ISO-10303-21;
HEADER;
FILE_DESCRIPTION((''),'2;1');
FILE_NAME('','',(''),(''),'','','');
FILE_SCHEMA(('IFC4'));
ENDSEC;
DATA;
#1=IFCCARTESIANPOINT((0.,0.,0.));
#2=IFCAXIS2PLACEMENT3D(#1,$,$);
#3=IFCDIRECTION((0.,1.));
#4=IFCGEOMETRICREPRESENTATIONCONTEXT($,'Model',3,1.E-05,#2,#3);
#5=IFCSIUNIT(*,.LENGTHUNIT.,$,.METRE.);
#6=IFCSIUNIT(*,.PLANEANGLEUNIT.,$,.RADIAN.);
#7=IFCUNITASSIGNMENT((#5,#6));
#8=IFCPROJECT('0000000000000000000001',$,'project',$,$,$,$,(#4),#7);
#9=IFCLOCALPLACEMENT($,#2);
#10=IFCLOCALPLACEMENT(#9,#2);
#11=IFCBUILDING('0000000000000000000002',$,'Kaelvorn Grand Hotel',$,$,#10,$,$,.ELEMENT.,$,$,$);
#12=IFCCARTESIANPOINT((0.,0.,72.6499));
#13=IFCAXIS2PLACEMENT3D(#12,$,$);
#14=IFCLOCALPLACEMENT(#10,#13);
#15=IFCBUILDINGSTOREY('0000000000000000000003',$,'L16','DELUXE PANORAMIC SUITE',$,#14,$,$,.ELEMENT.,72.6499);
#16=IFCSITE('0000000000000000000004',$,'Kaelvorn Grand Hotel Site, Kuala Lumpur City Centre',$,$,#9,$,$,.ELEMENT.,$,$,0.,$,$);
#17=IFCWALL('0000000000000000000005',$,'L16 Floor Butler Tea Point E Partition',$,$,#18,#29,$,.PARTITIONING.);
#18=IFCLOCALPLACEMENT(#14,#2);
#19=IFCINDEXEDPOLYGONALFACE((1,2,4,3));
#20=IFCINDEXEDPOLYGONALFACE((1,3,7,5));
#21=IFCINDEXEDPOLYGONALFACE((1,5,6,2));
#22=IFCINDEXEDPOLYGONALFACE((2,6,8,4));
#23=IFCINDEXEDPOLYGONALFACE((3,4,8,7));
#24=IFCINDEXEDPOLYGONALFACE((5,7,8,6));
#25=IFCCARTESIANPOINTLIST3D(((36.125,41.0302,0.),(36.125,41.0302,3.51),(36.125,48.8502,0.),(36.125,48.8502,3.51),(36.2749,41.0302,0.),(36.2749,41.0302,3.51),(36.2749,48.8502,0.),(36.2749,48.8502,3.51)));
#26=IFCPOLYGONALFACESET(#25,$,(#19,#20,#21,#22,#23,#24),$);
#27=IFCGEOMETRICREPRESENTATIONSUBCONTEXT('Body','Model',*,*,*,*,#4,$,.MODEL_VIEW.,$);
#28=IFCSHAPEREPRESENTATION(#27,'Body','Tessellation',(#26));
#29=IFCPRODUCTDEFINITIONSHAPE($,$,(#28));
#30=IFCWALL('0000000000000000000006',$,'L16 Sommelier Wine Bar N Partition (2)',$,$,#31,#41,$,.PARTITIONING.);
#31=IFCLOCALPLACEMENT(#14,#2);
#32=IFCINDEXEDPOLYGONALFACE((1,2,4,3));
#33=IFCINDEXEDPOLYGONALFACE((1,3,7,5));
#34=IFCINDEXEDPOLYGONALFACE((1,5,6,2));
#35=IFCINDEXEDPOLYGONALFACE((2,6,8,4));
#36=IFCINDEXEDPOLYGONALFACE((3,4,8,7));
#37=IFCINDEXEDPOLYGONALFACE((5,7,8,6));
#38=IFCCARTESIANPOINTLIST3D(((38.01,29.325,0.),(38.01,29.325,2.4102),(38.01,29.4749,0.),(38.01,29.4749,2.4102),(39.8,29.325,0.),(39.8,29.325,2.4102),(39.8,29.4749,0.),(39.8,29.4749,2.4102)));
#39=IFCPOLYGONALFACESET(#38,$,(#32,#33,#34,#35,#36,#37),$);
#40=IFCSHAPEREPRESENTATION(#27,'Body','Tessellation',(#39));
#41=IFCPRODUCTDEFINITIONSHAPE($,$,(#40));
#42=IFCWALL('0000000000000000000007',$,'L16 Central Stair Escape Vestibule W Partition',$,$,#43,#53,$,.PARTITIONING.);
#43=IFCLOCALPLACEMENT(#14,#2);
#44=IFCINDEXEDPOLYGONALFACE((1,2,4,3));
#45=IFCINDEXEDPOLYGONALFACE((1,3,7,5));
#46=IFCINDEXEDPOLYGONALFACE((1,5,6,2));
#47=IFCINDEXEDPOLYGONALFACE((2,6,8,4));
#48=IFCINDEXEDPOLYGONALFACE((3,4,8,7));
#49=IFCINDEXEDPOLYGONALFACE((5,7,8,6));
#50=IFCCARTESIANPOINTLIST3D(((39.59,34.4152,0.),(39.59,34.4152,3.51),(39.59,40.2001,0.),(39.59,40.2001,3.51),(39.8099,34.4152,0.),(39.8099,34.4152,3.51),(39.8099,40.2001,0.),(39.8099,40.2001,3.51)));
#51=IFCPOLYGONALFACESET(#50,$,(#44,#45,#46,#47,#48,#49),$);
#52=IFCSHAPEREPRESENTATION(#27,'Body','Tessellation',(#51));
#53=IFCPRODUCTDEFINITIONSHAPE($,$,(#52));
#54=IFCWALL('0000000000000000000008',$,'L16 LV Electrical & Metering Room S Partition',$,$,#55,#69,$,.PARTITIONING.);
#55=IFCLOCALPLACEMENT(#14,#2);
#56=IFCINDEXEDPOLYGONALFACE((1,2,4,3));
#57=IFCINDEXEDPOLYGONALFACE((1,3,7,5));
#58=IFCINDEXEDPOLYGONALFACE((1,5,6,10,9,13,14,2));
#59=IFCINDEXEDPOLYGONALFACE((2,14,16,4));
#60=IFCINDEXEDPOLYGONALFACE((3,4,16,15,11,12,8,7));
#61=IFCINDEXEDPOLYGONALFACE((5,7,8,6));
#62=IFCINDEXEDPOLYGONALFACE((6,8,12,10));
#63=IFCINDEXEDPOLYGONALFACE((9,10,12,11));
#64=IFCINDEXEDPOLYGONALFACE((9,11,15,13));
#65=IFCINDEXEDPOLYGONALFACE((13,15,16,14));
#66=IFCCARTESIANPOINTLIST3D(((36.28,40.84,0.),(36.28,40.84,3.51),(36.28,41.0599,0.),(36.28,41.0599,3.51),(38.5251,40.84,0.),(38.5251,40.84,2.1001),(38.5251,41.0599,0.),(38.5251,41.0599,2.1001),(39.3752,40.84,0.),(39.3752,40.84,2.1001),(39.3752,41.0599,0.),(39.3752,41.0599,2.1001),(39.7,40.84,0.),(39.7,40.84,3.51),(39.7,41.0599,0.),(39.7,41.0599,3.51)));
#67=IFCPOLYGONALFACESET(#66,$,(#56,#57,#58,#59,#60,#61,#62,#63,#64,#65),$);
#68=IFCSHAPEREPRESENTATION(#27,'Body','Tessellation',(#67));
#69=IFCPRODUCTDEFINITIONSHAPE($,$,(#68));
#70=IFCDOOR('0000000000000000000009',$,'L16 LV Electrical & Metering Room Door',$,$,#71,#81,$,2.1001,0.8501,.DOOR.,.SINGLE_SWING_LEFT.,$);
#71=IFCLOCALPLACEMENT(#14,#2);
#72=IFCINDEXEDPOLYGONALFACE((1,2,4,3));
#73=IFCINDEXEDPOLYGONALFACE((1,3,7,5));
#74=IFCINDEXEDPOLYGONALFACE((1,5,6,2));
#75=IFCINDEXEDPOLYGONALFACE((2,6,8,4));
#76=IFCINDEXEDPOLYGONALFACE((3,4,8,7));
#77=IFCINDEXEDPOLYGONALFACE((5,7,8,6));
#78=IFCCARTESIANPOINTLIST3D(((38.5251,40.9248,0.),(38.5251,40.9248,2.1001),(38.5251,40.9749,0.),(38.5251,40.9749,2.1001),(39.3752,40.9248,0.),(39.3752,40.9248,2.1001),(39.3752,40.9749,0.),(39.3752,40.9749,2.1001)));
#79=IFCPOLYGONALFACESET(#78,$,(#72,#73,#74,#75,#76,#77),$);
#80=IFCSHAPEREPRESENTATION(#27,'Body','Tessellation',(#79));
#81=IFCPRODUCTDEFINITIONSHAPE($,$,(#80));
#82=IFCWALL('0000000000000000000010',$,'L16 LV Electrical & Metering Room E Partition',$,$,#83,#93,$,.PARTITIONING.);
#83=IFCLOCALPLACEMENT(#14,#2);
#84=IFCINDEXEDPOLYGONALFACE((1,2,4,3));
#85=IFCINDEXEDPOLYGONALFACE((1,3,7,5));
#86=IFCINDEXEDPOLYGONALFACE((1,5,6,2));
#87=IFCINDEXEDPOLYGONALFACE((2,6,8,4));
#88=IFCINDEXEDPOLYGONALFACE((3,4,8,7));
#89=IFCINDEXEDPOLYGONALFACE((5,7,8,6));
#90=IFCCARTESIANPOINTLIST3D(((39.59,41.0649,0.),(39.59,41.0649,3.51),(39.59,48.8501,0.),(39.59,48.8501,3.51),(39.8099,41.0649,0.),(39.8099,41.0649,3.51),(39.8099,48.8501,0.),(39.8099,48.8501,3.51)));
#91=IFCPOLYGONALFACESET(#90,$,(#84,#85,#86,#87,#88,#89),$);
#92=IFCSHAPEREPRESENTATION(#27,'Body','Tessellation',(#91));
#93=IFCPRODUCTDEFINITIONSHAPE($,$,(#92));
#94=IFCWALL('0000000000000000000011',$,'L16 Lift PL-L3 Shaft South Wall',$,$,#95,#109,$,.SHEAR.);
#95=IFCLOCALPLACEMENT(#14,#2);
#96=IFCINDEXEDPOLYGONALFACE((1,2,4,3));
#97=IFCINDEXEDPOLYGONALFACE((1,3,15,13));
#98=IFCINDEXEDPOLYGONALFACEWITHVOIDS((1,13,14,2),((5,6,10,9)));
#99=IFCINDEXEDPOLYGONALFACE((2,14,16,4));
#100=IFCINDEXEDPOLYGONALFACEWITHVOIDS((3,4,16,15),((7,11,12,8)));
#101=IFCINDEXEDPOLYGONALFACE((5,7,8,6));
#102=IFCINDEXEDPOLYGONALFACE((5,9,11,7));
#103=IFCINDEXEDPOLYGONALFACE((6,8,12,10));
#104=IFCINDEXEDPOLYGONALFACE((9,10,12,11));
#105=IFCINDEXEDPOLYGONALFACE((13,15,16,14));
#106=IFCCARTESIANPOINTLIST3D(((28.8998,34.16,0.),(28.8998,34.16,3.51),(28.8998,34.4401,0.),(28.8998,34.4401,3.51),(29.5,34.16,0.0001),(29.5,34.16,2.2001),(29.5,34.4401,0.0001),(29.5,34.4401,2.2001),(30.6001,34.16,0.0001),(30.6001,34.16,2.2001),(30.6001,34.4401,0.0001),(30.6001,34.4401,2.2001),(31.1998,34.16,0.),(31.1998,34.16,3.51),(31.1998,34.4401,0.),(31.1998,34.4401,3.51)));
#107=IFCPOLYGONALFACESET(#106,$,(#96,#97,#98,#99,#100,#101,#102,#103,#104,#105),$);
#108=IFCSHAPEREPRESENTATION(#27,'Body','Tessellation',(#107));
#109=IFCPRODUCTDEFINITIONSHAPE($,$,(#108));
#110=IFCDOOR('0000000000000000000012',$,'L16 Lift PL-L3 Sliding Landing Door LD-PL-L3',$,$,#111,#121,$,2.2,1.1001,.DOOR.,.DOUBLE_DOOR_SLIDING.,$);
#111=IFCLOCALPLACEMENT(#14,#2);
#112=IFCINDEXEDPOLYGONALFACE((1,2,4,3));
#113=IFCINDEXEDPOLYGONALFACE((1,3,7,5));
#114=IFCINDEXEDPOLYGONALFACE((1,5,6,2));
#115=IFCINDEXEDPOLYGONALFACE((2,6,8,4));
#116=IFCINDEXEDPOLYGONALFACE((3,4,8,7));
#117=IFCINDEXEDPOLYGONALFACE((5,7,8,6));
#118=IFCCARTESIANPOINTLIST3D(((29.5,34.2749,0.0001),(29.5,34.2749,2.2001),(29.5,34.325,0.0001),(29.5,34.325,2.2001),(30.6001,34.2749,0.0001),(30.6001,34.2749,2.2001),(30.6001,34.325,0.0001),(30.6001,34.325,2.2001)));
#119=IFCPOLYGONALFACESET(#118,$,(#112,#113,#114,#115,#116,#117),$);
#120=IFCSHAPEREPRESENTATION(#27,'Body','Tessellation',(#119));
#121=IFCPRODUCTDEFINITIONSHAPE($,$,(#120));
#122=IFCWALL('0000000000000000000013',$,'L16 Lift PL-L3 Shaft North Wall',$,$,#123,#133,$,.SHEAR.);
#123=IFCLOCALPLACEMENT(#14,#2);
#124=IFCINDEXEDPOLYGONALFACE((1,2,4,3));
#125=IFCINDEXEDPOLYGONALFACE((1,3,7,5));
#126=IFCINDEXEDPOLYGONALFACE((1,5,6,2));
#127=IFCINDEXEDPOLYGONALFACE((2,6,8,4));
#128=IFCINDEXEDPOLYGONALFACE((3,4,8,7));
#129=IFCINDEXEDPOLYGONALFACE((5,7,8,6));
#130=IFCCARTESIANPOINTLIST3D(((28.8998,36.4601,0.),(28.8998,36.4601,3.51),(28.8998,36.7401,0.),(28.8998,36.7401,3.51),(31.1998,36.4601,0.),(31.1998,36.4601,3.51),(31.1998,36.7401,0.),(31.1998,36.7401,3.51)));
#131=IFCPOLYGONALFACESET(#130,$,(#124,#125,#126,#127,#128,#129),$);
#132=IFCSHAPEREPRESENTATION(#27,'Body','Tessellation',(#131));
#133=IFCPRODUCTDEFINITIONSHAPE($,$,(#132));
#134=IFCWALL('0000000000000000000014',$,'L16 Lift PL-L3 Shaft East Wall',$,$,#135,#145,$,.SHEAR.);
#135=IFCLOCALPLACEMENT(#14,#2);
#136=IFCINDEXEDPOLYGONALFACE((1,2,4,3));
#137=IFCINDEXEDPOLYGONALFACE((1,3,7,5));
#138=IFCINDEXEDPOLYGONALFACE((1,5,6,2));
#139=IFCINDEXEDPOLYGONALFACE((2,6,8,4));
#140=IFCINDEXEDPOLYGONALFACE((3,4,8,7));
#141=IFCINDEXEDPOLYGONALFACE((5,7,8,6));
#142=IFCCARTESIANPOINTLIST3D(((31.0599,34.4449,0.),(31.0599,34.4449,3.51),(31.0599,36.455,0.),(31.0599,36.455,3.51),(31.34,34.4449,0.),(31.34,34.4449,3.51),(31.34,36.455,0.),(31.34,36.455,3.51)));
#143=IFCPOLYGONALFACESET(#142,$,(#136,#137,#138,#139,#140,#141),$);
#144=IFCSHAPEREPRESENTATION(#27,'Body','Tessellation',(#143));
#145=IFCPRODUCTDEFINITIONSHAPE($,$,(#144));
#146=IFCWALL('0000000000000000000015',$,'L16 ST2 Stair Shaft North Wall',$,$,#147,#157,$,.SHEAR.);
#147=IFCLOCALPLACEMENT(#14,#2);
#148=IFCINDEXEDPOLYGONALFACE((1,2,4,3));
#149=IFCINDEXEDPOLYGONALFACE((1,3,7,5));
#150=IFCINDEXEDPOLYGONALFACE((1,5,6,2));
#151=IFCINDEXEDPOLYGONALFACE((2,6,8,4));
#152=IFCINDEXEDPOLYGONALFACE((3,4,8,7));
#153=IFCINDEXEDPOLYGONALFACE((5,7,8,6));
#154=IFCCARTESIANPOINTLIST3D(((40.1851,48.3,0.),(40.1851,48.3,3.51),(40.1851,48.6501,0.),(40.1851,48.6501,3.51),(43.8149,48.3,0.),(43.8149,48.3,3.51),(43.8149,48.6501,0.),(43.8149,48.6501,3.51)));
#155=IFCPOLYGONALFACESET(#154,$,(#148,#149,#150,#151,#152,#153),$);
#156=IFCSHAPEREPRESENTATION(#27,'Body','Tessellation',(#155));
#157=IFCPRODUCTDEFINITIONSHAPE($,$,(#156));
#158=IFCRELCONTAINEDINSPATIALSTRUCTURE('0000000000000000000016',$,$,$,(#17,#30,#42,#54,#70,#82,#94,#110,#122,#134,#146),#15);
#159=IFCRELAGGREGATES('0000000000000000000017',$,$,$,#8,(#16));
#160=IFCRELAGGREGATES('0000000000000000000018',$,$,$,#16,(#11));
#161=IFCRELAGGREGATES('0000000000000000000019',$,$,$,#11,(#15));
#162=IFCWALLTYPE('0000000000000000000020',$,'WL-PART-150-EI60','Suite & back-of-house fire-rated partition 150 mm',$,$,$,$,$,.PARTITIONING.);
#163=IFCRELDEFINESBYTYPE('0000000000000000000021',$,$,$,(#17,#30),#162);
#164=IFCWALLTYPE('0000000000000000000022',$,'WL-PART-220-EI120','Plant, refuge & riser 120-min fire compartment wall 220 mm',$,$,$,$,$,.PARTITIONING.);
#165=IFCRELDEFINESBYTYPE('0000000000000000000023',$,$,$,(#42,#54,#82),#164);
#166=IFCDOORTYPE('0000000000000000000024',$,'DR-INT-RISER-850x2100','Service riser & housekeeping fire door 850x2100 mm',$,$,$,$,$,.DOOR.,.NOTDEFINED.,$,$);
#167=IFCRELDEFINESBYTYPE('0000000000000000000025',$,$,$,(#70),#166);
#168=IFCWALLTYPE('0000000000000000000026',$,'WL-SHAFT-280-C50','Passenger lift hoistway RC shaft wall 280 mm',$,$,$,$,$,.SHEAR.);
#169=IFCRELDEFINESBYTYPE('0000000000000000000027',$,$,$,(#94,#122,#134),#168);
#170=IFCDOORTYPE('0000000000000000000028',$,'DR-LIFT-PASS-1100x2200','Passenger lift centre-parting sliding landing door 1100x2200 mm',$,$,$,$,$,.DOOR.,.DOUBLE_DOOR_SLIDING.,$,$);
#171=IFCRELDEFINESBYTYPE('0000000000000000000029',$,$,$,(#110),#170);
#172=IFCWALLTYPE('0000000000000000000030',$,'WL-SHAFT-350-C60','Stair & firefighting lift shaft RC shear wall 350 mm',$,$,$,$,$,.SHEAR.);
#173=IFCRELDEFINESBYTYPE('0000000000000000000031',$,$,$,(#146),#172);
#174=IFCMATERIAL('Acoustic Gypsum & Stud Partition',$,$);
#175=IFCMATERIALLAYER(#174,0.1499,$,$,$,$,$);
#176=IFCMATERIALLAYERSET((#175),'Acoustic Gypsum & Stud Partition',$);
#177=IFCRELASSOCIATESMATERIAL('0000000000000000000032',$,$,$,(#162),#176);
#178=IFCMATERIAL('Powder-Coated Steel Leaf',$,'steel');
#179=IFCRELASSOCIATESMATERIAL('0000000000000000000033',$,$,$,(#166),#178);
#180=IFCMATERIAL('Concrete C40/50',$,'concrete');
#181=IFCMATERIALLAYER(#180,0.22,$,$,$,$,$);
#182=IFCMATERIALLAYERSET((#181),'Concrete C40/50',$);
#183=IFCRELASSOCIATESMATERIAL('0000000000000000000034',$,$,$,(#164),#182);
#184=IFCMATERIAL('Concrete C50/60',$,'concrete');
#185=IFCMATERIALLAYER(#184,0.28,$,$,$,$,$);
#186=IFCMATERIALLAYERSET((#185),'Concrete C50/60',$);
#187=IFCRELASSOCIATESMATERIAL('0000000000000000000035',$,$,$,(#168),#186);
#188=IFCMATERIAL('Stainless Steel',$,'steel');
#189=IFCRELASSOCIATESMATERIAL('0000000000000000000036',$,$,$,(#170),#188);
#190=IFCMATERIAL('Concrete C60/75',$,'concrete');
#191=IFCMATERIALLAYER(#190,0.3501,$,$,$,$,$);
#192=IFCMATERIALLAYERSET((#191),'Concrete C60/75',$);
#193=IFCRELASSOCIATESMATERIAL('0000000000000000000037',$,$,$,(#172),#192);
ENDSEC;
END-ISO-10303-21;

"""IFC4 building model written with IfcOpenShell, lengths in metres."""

from ifc_helpers import new_model, si_unit, direction, frame, frame_2d, origin, place, context, subcontext, project, spatial, rectangle, extrude, material, layer, layer_set, type_object, element, fill, save


model = new_model("IFC4")

# Units and contexts
model_context = context("Model", 3, precision=1e-05, world=origin(), true_north=direction((0.0, 1.0)))
body_context = subcontext(model_context, "Body", "Model", "MODEL_VIEW")
ifc_project = project(units=[si_unit("LENGTHUNIT", "METRE"), si_unit("PLANEANGLEUNIT", "RADIAN")], contexts=[model_context])

# Site, building, storey
site_placement = place(None, origin())
site = spatial("IfcSite", under=ifc_project, at=site_placement, Name="Kaelvorn Grand Hotel Site, Kuala Lumpur City Centre", CompositionType="ELEMENT", RefElevation=0.0)
building_placement = place(site_placement, origin())
building = spatial("IfcBuilding", under=site, at=building_placement, Name="Kaelvorn Grand Hotel", CompositionType="ELEMENT")
storey_placement = place(building_placement, frame((0.0, 0.0, 72.6499)))
storey = spatial("IfcBuildingStorey", under=building, at=storey_placement, Name="L16", Description="DELUXE PANORAMIC SUITE", CompositionType="ELEMENT", Elevation=72.6499)

# Shared definitions
ifc_material_1 = material(Name="Concrete C60/75", Category="concrete")

# Shared definitions
ifc_material_2 = material(Name="Acoustic Gypsum & Stud Partition")
ifc_layer_1 = layer(ifc_material_2, 0.1499)
ifc_layer_set_1 = layer_set([ifc_layer_1], Name="Acoustic Gypsum & Stud Partition")
wall_type_1 = type_object("IfcWallType", Name="WL-PART-150-EI60", Description="Suite & back-of-house fire-rated partition 150 mm", PredefinedType="PARTITIONING", material=ifc_layer_set_1)
ifc_material_3 = material(Name="Powder-Coated Steel Leaf", Category="steel")
door_type_1 = type_object("IfcDoorType", Name="DR-INT-RISER-850x2100", Description="Service riser & housekeeping fire door 850x2100 mm", OperationType="NOTDEFINED", PredefinedType="DOOR", material=ifc_material_3)

# Walls
wall_1_placement = place(storey_placement, frame((36.2, 41.03, 0.0), z_axis=(0.0, 0.0, 1.0), x_axis=(0.0, 1.0, 0.0)))
element("IfcWall", 1, at=wall_1_placement, inside=storey, type_object=wall_type_1, Name="L16 Floor Butler Tea Point E Partition", PredefinedType="PARTITIONING", context=body_context, shape_type="SweptSolid", body=[
    extrude(rectangle(XDim=7.8201, YDim=0.1499, at=frame_2d((3.9102, 0.0))), origin(), (0.0, 0.0, 1.0), 3.51),
])
wall_2_placement = place(storey_placement, frame((38.01, 29.3999, 0.0), z_axis=(0.0, 0.0, 1.0), x_axis=(1.0, 0.0, 0.0)))
element("IfcWall", 2, at=wall_2_placement, inside=storey, type_object=wall_type_1, Name="L16 Sommelier Wine Bar N Partition (2)", PredefinedType="PARTITIONING", context=body_context, shape_type="SweptSolid", body=[
    extrude(rectangle(XDim=1.79, YDim=0.1499, at=frame_2d((0.895, 0.0))), origin(), (0.0, 0.0, 1.0), 2.4102),
])

# Shared definitions
ifc_material_4 = material(Name="Concrete C40/50", Category="concrete")
ifc_layer_2 = layer(ifc_material_4, 0.22)
ifc_layer_set_2 = layer_set([ifc_layer_2], Name="Concrete C40/50")
wall_type_2 = type_object("IfcWallType", Name="WL-PART-220-EI120", Description="Plant, refuge & riser 120-min fire compartment wall 220 mm", PredefinedType="PARTITIONING", material=ifc_layer_set_2)

# Wall
wall_3_placement = place(storey_placement, frame((39.7, 34.415, 0.0), z_axis=(0.0, 0.0, 1.0), x_axis=(0.0, 1.0, 0.0)))
element("IfcWall", 3, at=wall_3_placement, inside=storey, type_object=wall_type_2, Name="L16 Central Stair Escape Vestibule W Partition", PredefinedType="PARTITIONING", context=body_context, shape_type="SweptSolid", body=[
    extrude(rectangle(XDim=5.7849, YDim=0.22, at=frame_2d((2.8926, 0.0))), origin(), (0.0, 0.0, 1.0), 3.51),
])

# Wall, opening, door
wall_4_placement = place(storey_placement, frame((36.28, 40.95, 0.0), z_axis=(0.0, 0.0, 1.0), x_axis=(1.0, 0.0, 0.0)))
wall_4 = element("IfcWall", 4, at=wall_4_placement, inside=storey, type_object=wall_type_2, Name="L16 LV Electrical & Metering Room S Partition", PredefinedType="PARTITIONING", context=body_context, shape_type="SweptSolid", body=[
    extrude(rectangle(XDim=3.4199, YDim=0.22, at=frame_2d((1.71, 0.0))), origin(), (0.0, 0.0, 1.0), 3.51),
])
opening_1_placement = place(wall_4_placement, frame((2.2451, 0.0, 0.0)))
opening_1 = element("IfcOpeningElement", 5, at=opening_1_placement, cuts=wall_4, PredefinedType="OPENING", context=body_context, shape_type="SweptSolid", body=[
    extrude(rectangle(XDim=0.8501, YDim=2.1001, at=frame_2d((0.425, 1.05))), frame((0.0, 0.1201, 0.0), z_axis=(0.0, -1.0, 0.0), x_axis=(1.0, 0.0, 0.0)), (0.0, 0.0, 1.0), 0.24),
])
door_1_placement = place(opening_1_placement, origin())
door_1 = element("IfcDoor", 6, at=door_1_placement, inside=storey, type_object=door_type_1, Name="L16 LV Electrical & Metering Room Door", OperationType="SINGLE_SWING_LEFT", OverallHeight=2.1001, OverallWidth=0.8501, PredefinedType="DOOR", context=body_context, shape_type="SweptSolid", body=[
    extrude(rectangle(XDim=0.8501, YDim=2.1001, at=frame_2d((0.425, 1.05))), frame((0.0, 0.0249, 0.0), z_axis=(0.0, -1.0, 0.0), x_axis=(1.0, 0.0, 0.0)), (0.0, 0.0, 1.0), 0.05),
])
fill(opening_1, door_1)

# Wall
wall_5_placement = place(storey_placement, frame((39.7, 41.0649, 0.0), z_axis=(0.0, 0.0, 1.0), x_axis=(0.0, 1.0, 0.0)))
element("IfcWall", 7, at=wall_5_placement, inside=storey, type_object=wall_type_2, Name="L16 LV Electrical & Metering Room E Partition", PredefinedType="PARTITIONING", context=body_context, shape_type="SweptSolid", body=[
    extrude(rectangle(XDim=7.7852, YDim=0.22, at=frame_2d((3.8926, 0.0))), origin(), (0.0, 0.0, 1.0), 3.51),
])

# Wall, opening, door
ifc_material_5 = material(Name="Concrete C50/60", Category="concrete")
ifc_layer_3 = layer(ifc_material_5, 0.28)
ifc_layer_set_3 = layer_set([ifc_layer_3], Name="Concrete C50/60")
wall_type_3 = type_object("IfcWallType", Name="WL-SHAFT-280-C50", Description="Passenger lift hoistway RC shaft wall 280 mm", PredefinedType="SHEAR", material=ifc_layer_set_3)
wall_6_placement = place(storey_placement, frame((28.8999, 34.3, 0.0), z_axis=(0.0, 0.0, 1.0), x_axis=(1.0, 0.0, 0.0)))
wall_6 = element("IfcWall", 8, at=wall_6_placement, inside=storey, type_object=wall_type_3, Name="L16 Lift PL-L3 Shaft South Wall", PredefinedType="SHEAR", context=body_context, shape_type="SweptSolid", body=[
    extrude(rectangle(XDim=2.3, YDim=0.28, at=frame_2d((1.1499, 0.0))), origin(), (0.0, 0.0, 1.0), 3.51),
])
opening_2_placement = place(wall_6_placement, frame((0.6001, 0.0, 0.0)))
opening_2 = element("IfcOpeningElement", 9, at=opening_2_placement, cuts=wall_6, PredefinedType="OPENING", context=body_context, shape_type="SweptSolid", body=[
    extrude(rectangle(XDim=1.1001, YDim=2.2, at=frame_2d((0.55, 1.1001))), frame((0.0, 0.1499, 0.0), z_axis=(0.0, -1.0, 0.0), x_axis=(1.0, 0.0, 0.0)), (0.0, 0.0, 1.0), 0.3),
])
ifc_material_6 = material(Name="Stainless Steel", Category="steel")
door_type_2 = type_object("IfcDoorType", Name="DR-LIFT-PASS-1100x2200", Description="Passenger lift centre-parting sliding landing door 1100x2200 mm", OperationType="DOUBLE_DOOR_SLIDING", PredefinedType="DOOR", material=ifc_material_6)
door_2_placement = place(opening_2_placement, origin())
door_2 = element("IfcDoor", 10, at=door_2_placement, inside=storey, type_object=door_type_2, Name="L16 Lift PL-L3 Sliding Landing Door LD-PL-L3", OperationType="DOUBLE_DOOR_SLIDING", OverallHeight=2.2, OverallWidth=1.1001, PredefinedType="DOOR", context=body_context, shape_type="SweptSolid", body=[
    extrude(rectangle(XDim=1.1001, YDim=2.2, at=frame_2d((0.55, 1.1001))), frame((0.0, 0.0249, 0.0), z_axis=(0.0, -1.0, 0.0), x_axis=(1.0, 0.0, 0.0)), (0.0, 0.0, 1.0), 0.05),
])
fill(opening_2, door_2)

# Walls
wall_7_placement = place(storey_placement, frame((28.8999, 36.6001, 0.0), z_axis=(0.0, 0.0, 1.0), x_axis=(1.0, 0.0, 0.0)))
element("IfcWall", 11, at=wall_7_placement, inside=storey, type_object=wall_type_3, Name="L16 Lift PL-L3 Shaft North Wall", PredefinedType="SHEAR", context=body_context, shape_type="SweptSolid", body=[
    extrude(rectangle(XDim=2.3, YDim=0.28, at=frame_2d((1.1499, 0.0))), origin(), (0.0, 0.0, 1.0), 3.51),
])
wall_8_placement = place(storey_placement, frame((31.2, 34.4451, 0.0), z_axis=(0.0, 0.0, 1.0), x_axis=(0.0, 1.0, 0.0)))
element("IfcWall", 12, at=wall_8_placement, inside=storey, type_object=wall_type_3, Name="L16 Lift PL-L3 Shaft East Wall", PredefinedType="SHEAR", context=body_context, shape_type="SweptSolid", body=[
    extrude(rectangle(XDim=2.01, YDim=0.28, at=frame_2d((1.0049, 0.0))), origin(), (0.0, 0.0, 1.0), 3.51),
])

# Shared definitions
ifc_layer_4 = layer(ifc_material_1, 0.3501)
ifc_layer_set_4 = layer_set([ifc_layer_4], Name="Concrete C60/75")
wall_type_4 = type_object("IfcWallType", Name="WL-SHAFT-350-C60", Description="Stair & firefighting lift shaft RC shear wall 350 mm", PredefinedType="SHEAR", material=ifc_layer_set_4)

# Wall
wall_9_placement = place(storey_placement, frame((40.1851, 48.4751, 0.0), z_axis=(0.0, 0.0, 1.0), x_axis=(1.0, 0.0, 0.0)))
element("IfcWall", 13, at=wall_9_placement, inside=storey, type_object=wall_type_4, Name="L16 ST2 Stair Shaft North Wall", PredefinedType="SHEAR", context=body_context, shape_type="SweptSolid", body=[
    extrude(rectangle(XDim=3.6299, YDim=0.3501, at=frame_2d((1.8149, 0.0))), origin(), (0.0, 0.0, 1.0), 3.51),
])

save(model, "model.ifc")
